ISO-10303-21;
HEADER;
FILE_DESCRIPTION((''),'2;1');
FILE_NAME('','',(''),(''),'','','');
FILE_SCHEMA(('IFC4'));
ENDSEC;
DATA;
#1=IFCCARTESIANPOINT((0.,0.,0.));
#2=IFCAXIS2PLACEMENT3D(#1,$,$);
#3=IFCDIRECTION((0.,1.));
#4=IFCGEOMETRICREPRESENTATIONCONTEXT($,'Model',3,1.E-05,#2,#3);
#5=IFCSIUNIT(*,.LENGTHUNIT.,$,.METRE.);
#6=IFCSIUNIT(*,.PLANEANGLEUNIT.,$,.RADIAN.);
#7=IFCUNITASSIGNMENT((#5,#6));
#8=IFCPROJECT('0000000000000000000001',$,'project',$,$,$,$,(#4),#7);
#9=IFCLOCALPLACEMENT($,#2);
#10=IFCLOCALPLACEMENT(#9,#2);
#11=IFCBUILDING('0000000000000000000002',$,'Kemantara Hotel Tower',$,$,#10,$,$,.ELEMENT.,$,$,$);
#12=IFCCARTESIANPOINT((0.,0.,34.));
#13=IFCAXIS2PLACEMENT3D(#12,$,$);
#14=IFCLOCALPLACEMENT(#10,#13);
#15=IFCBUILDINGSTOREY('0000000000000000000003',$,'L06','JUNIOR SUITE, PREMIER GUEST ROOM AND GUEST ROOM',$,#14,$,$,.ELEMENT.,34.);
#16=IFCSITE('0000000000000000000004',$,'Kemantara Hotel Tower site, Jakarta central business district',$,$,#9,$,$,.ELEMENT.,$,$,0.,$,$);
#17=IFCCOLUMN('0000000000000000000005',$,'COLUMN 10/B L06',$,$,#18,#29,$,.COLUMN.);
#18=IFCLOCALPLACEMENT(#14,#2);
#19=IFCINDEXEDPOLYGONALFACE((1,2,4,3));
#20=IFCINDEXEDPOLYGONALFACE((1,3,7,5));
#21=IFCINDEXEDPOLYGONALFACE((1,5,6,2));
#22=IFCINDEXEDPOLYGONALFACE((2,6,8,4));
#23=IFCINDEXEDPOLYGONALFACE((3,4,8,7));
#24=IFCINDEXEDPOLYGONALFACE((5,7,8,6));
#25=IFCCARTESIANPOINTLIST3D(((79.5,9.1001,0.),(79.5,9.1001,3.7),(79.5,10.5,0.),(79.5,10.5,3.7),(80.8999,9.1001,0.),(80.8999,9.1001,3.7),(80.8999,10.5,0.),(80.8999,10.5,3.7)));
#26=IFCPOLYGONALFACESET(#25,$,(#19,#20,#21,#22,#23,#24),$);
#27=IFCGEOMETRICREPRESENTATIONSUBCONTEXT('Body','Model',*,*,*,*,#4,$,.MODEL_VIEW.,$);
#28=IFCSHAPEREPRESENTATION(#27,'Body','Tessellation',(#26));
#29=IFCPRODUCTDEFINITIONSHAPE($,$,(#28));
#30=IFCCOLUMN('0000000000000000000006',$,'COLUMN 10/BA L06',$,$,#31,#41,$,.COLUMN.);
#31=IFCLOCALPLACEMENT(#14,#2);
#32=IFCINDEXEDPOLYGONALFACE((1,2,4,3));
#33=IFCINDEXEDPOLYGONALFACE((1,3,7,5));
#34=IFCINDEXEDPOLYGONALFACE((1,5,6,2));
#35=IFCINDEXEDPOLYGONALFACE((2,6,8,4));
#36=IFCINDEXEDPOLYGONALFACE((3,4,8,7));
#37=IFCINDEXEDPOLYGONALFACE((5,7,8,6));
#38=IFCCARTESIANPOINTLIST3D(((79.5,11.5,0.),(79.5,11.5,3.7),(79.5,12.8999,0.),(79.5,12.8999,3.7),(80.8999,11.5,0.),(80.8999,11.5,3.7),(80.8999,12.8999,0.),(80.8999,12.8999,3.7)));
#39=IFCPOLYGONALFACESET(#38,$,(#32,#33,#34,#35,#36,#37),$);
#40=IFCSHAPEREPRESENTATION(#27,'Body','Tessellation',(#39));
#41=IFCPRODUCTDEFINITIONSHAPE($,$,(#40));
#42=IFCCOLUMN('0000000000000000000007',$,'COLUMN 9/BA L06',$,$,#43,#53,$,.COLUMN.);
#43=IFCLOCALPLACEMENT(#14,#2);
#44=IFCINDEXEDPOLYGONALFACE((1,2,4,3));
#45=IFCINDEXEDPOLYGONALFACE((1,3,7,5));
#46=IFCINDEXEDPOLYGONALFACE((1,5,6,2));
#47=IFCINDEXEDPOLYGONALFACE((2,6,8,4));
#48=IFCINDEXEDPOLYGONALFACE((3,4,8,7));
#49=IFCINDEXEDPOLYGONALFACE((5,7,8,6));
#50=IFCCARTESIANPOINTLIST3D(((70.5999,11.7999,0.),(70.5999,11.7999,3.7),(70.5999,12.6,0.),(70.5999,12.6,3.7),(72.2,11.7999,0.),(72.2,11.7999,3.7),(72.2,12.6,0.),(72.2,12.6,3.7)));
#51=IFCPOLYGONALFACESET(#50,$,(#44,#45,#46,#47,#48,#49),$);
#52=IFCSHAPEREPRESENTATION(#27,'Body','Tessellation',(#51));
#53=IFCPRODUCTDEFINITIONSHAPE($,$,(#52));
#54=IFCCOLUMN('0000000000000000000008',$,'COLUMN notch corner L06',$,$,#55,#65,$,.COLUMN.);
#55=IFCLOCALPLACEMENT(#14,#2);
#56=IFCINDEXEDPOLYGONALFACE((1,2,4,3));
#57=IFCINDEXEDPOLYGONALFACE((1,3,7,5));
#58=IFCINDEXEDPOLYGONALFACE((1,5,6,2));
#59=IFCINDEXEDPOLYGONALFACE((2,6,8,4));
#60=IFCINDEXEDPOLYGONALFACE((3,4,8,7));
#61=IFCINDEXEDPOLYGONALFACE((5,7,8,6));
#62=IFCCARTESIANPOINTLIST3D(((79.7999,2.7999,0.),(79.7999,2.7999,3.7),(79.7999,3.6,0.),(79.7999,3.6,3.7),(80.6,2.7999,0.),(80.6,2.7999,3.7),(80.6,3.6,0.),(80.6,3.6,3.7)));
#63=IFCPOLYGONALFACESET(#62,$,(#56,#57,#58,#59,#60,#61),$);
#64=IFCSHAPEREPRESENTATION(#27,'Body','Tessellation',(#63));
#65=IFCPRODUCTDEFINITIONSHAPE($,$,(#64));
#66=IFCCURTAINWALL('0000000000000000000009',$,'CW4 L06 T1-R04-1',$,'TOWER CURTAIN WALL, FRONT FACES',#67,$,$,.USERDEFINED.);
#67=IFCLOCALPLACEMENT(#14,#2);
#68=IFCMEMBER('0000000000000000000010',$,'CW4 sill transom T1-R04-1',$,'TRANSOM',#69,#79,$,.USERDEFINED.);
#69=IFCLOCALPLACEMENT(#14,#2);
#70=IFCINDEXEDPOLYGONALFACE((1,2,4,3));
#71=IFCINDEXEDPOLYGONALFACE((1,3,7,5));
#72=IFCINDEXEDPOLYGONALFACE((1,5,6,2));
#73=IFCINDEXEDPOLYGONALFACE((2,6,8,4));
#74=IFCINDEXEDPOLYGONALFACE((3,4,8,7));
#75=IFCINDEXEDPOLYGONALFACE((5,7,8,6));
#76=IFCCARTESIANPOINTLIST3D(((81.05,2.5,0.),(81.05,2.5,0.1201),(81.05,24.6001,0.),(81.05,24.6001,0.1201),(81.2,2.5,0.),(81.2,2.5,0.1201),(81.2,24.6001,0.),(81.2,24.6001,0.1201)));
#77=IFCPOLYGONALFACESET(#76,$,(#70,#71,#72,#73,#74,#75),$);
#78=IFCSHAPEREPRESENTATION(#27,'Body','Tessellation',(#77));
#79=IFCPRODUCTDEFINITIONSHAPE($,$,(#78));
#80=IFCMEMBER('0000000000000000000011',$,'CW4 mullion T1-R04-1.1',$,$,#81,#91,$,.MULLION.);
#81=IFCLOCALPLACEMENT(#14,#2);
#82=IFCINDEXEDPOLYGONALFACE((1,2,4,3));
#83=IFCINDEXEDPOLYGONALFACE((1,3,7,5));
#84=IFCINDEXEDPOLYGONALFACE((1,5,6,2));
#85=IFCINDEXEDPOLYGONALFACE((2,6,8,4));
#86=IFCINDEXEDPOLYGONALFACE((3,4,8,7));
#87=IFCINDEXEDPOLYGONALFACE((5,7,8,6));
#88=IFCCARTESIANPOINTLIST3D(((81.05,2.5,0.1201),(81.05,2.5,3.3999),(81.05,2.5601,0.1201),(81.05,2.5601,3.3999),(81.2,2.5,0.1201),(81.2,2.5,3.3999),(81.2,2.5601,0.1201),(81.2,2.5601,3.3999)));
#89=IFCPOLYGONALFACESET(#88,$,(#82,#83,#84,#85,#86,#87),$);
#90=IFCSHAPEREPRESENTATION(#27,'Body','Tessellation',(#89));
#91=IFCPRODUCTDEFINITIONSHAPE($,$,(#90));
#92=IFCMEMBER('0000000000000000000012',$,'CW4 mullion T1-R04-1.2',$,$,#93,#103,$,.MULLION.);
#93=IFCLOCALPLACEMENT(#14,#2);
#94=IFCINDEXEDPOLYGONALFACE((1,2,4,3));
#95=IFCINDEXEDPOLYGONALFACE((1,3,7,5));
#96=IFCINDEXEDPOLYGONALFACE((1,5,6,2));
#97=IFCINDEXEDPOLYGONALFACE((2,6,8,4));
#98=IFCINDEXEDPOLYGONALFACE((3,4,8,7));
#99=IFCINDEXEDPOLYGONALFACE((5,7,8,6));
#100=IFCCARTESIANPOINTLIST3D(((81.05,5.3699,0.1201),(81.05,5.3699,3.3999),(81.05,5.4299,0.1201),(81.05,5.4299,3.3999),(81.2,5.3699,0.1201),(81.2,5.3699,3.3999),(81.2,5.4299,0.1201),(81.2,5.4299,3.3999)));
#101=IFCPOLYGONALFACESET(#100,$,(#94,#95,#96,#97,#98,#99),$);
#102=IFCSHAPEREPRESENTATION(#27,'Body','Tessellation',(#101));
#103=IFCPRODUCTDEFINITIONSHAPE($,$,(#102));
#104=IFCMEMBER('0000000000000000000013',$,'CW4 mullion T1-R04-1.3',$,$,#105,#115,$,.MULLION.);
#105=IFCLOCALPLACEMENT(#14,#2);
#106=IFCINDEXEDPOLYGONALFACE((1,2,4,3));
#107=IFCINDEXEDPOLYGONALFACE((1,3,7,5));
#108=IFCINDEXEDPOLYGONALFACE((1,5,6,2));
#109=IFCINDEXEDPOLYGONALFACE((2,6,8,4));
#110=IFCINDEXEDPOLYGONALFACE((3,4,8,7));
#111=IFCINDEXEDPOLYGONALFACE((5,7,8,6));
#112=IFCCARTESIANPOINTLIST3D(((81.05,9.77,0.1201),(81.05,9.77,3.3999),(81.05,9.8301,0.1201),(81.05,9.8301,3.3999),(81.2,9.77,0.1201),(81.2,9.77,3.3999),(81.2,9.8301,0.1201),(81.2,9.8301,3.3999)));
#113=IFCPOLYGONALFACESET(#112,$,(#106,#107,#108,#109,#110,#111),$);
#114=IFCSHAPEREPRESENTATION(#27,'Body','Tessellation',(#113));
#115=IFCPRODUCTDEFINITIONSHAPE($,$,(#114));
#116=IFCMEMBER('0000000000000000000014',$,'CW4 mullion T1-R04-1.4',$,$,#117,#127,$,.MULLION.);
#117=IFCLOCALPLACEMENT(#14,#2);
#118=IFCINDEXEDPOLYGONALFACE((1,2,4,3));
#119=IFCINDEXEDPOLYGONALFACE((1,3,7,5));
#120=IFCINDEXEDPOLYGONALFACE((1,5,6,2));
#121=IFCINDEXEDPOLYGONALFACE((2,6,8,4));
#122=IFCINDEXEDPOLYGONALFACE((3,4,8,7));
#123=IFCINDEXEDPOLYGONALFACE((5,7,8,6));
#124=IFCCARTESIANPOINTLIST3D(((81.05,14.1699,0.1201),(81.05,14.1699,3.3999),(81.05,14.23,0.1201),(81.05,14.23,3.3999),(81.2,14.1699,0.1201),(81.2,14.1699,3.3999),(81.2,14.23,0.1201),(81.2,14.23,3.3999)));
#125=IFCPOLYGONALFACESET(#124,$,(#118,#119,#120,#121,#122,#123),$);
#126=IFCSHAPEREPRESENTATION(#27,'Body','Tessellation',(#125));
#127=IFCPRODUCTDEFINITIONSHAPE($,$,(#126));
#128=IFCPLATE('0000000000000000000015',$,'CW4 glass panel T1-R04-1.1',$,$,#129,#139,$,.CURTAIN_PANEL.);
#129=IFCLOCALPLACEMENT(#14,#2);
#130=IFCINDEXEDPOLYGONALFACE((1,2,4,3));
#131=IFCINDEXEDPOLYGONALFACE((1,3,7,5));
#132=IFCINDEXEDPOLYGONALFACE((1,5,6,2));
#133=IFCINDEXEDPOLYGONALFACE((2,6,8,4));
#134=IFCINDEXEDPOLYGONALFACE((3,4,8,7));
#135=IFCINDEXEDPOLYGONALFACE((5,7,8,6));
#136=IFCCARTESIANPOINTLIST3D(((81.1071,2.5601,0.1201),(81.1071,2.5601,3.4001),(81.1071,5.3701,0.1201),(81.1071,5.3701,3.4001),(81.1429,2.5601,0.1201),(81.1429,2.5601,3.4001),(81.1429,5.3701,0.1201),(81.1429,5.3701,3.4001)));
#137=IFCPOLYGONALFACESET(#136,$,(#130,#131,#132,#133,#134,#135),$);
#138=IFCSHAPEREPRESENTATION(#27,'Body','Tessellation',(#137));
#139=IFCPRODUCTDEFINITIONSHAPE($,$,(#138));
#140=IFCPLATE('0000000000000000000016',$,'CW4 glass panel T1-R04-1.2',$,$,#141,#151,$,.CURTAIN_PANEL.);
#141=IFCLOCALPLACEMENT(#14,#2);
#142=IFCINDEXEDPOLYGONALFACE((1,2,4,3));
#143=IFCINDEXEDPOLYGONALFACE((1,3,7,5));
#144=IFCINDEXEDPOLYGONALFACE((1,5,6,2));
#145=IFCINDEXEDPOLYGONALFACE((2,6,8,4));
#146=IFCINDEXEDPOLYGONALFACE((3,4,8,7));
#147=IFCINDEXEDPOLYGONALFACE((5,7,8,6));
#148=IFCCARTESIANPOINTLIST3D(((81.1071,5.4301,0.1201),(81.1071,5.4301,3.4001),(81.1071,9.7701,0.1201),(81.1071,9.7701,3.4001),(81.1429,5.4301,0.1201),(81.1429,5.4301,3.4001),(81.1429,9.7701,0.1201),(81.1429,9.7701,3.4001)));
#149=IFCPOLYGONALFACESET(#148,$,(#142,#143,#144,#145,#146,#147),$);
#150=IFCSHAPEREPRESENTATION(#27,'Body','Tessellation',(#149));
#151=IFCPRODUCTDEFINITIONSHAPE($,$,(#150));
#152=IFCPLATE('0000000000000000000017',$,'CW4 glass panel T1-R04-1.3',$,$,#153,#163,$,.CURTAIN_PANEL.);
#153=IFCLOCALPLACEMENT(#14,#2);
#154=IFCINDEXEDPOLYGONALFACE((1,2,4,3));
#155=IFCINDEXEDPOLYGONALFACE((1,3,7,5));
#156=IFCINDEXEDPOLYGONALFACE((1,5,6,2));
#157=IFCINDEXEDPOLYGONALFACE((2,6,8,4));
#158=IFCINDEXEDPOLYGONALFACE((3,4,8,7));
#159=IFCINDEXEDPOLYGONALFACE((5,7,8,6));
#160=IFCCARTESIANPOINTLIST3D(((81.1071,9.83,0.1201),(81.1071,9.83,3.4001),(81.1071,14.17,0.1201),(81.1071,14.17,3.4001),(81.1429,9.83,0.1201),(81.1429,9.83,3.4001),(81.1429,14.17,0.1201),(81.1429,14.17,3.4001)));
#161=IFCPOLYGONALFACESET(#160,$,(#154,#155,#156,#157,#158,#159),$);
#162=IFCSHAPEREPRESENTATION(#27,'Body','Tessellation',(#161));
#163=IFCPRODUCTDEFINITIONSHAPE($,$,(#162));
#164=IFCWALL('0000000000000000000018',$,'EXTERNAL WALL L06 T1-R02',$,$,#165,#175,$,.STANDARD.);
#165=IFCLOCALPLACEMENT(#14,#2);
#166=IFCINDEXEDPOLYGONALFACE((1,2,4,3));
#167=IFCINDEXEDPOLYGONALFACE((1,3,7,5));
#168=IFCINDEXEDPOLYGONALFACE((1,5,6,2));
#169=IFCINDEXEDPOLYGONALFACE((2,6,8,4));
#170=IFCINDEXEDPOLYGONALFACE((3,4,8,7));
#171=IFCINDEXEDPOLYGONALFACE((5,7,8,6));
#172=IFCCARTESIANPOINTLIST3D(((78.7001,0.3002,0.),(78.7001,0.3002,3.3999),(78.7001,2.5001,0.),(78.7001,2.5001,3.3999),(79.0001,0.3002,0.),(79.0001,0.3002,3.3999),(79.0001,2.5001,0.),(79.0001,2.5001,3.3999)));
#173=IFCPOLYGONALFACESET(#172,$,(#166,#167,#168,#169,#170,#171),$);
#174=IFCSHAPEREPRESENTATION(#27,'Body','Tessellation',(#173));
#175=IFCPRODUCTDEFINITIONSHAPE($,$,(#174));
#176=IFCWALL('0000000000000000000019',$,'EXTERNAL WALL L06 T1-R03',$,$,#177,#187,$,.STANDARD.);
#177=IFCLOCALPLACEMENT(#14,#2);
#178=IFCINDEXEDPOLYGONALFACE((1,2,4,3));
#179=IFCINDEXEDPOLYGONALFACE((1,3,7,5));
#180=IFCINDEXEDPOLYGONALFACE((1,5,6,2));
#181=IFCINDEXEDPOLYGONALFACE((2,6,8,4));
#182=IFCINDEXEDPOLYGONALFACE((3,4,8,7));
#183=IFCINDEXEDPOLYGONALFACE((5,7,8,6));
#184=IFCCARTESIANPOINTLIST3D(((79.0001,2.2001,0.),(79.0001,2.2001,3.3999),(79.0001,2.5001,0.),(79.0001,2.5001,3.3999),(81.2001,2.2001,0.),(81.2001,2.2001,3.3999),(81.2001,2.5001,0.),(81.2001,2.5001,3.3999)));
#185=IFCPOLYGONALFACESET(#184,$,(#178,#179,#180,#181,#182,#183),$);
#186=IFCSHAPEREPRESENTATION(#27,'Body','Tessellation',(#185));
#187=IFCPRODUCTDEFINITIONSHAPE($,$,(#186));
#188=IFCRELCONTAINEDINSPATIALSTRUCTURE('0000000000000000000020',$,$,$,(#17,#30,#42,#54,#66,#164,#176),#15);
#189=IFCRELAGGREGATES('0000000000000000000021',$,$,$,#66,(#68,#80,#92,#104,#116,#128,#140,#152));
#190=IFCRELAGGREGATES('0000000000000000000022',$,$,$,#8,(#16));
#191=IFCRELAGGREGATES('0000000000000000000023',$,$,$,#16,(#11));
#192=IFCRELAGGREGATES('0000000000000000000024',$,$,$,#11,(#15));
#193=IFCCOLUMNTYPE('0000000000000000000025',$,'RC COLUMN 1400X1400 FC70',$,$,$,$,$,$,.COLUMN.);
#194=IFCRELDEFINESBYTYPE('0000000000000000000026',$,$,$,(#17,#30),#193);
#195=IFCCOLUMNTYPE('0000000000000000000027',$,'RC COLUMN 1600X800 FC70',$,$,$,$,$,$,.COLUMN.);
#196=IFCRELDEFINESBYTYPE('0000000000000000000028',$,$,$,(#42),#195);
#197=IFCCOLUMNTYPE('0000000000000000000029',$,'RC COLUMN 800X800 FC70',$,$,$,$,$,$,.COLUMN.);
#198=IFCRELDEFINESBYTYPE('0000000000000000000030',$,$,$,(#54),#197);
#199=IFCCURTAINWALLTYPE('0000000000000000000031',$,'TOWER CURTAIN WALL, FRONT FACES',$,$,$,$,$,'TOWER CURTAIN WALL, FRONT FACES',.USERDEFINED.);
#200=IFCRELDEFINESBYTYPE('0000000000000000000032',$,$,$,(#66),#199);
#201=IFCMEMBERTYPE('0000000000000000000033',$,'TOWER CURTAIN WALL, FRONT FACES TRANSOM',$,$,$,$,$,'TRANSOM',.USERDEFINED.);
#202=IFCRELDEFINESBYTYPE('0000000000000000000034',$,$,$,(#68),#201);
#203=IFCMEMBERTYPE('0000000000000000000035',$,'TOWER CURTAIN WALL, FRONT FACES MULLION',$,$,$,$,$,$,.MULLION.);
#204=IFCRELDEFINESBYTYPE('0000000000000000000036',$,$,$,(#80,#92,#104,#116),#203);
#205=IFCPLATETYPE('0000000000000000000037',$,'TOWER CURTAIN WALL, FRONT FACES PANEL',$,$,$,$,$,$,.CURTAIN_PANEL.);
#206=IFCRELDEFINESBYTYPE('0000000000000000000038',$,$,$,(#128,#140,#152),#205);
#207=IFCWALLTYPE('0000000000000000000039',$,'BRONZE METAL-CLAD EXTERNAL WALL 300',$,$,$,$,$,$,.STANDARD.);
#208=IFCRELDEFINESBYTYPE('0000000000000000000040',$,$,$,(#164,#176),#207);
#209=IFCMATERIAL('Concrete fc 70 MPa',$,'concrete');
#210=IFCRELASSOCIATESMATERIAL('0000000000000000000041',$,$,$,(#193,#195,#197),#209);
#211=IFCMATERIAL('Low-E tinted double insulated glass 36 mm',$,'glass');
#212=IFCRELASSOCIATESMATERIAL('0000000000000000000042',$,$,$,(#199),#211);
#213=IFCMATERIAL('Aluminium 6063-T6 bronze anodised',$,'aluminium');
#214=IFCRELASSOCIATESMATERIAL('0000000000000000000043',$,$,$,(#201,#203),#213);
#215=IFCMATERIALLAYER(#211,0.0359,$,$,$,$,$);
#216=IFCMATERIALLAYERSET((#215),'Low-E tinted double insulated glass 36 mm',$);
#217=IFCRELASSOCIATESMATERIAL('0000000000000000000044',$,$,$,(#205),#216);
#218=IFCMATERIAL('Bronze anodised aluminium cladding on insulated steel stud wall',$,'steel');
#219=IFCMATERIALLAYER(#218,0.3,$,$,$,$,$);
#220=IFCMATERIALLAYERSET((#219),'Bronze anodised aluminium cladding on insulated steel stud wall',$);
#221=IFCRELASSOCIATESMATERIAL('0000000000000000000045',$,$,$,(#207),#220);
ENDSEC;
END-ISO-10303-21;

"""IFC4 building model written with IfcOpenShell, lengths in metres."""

from ifc_helpers import new_model, si_unit, direction, frame, frame_2d, origin, origin_2d, place, context, subcontext, project, spatial, rectangle, extrude, source, transform, mapped, material, layer, layer_set, material_profile, profile_set, type_object, element, aggregate, save


model = new_model("IFC4")

# Units and contexts
model_context = context("Model", 3, precision=1e-05, world=origin(), true_north=direction((0.0, 1.0)))
body_context = subcontext(model_context, "Body", "Model", "MODEL_VIEW")
ifc_project = project(units=[si_unit("LENGTHUNIT", "METRE"), si_unit("PLANEANGLEUNIT", "RADIAN")], contexts=[model_context])

# Site, building, storey
site_placement = place(None, origin())
site = spatial("IfcSite", under=ifc_project, at=site_placement, Name="Kemantara Hotel Tower site, Jakarta central business district", CompositionType="ELEMENT", RefElevation=0.0)
building_placement = place(site_placement, origin())
building = spatial("IfcBuilding", under=site, at=building_placement, Name="Kemantara Hotel Tower", CompositionType="ELEMENT")
storey_placement = place(building_placement, frame((0.0, 0.0, 34.0)))
storey = spatial("IfcBuildingStorey", under=building, at=storey_placement, Name="L06", Description="JUNIOR SUITE, PREMIER GUEST ROOM AND GUEST ROOM", CompositionType="ELEMENT", Elevation=34.0)

# Columns
ifc_material_1 = material(Name="Concrete fc 70 MPa", Category="concrete")
ifc_material_profile_1 = material_profile(ifc_material_1, rectangle(XDim=1.3999, YDim=1.3999, at=origin_2d()), Name="RC 1400X1400")
ifc_profile_set_1 = profile_set([ifc_material_profile_1], Name="Concrete fc 70 MPa")
column_type_1 = type_object("IfcColumnType", Name="RC COLUMN 1400X1400 FC70", PredefinedType="COLUMN", material=ifc_profile_set_1)
for number, where, z_axis, x_axis, name in (
    (1, (80.2, 9.8, 0.0), (0.0, 0.0, 1.0), (1.0, 0.0, 0.0), "COLUMN 10/B L06"),
    (2, (80.2, 12.2, 0.0), (0.0, 0.0, 1.0), (1.0, 0.0, 0.0), "COLUMN 10/BA L06"),
):
    element("IfcColumn", number, at=place(storey_placement, frame(where, z_axis=z_axis, x_axis=x_axis)), inside=storey, type_object=column_type_1, Name=name, PredefinedType="COLUMN", context=body_context, shape_type="SweptSolid", body=[
        extrude(rectangle(XDim=1.3999, YDim=1.3999, at=origin_2d()), origin(), (0.0, 0.0, 1.0), 3.7),
    ])
ifc_material_profile_2 = material_profile(ifc_material_1, rectangle(XDim=1.6001, YDim=0.8, at=origin_2d()), Name="RC 1600X800")
ifc_profile_set_2 = profile_set([ifc_material_profile_2], Name="Concrete fc 70 MPa")
column_type_2 = type_object("IfcColumnType", Name="RC COLUMN 1600X800 FC70", PredefinedType="COLUMN", material=ifc_profile_set_2)
column_1_placement = place(storey_placement, frame((71.3999, 12.2, 0.0), z_axis=(0.0, 0.0, 1.0), x_axis=(1.0, 0.0, 0.0)))
element("IfcColumn", 3, at=column_1_placement, inside=storey, type_object=column_type_2, Name="COLUMN 9/BA L06", PredefinedType="COLUMN", context=body_context, shape_type="SweptSolid", body=[
    extrude(rectangle(XDim=1.6001, YDim=0.8, at=origin_2d()), origin(), (0.0, 0.0, 1.0), 3.7),
])
ifc_material_profile_3 = material_profile(ifc_material_1, rectangle(XDim=0.8, YDim=0.8, at=origin_2d()), Name="RC 800X800")
ifc_profile_set_3 = profile_set([ifc_material_profile_3], Name="Concrete fc 70 MPa")
column_type_3 = type_object("IfcColumnType", Name="RC COLUMN 800X800 FC70", PredefinedType="COLUMN", material=ifc_profile_set_3)
column_2_placement = place(storey_placement, frame((80.2, 3.2, 0.0), z_axis=(0.0, 0.0, 1.0), x_axis=(1.0, 0.0, 0.0)))
element("IfcColumn", 4, at=column_2_placement, inside=storey, type_object=column_type_3, Name="COLUMN notch corner L06", PredefinedType="COLUMN", context=body_context, shape_type="SweptSolid", body=[
    extrude(rectangle(XDim=0.8, YDim=0.8, at=origin_2d()), origin(), (0.0, 0.0, 1.0), 3.7),
])

# Curtain wall, members, plates
ifc_material_2 = material(Name="Low-E tinted double insulated glass 36 mm", Category="glass")
curtain_wall_type = type_object("IfcCurtainWallType", Name="TOWER CURTAIN WALL, FRONT FACES", ElementType="TOWER CURTAIN WALL, FRONT FACES", PredefinedType="USERDEFINED", material=ifc_material_2)
curtain_wall_placement = place(storey_placement, origin())
curtain_wall = element("IfcCurtainWall", 5, at=curtain_wall_placement, inside=storey, type_object=curtain_wall_type, Name="CW4 L06 T1-R04-1", ObjectType="TOWER CURTAIN WALL, FRONT FACES", PredefinedType="USERDEFINED")
ifc_material_3 = material(Name="Aluminium 6063-T6 bronze anodised", Category="aluminium")
ifc_material_profile_4 = material_profile(ifc_material_3, rectangle(XDim=0.1499, YDim=0.1201, at=origin_2d()), Name="TOWER CURTAIN WALL, FRONT FACES TRANSOM")
ifc_profile_set_4 = profile_set([ifc_material_profile_4], Name="Aluminium 6063-T6 bronze anodised")
member_type_1 = type_object("IfcMemberType", Name="TOWER CURTAIN WALL, FRONT FACES TRANSOM", ElementType="TRANSOM", PredefinedType="USERDEFINED", material=ifc_profile_set_4)
member_1_placement = place(storey_placement, frame((81.125, 2.5, 0.0601), z_axis=(0.0, 1.0, 0.0), x_axis=(-1.0, 0.0, 0.0)))
member_1 = element("IfcMember", 6, at=member_1_placement, type_object=member_type_1, Name="CW4 sill transom T1-R04-1", ObjectType="TRANSOM", PredefinedType="USERDEFINED", context=body_context, shape_type="SweptSolid", body=[
    extrude(rectangle(XDim=0.1499, YDim=0.1201, at=origin_2d()), origin(), (0.0, 0.0, 1.0), 22.1001),
])
ifc_material_profile_5 = material_profile(ifc_material_3, rectangle(XDim=0.1499, YDim=0.0601, at=origin_2d()), Name="TOWER CURTAIN WALL, FRONT FACES MULLION")
ifc_profile_set_5 = profile_set([ifc_material_profile_5], Name="Aluminium 6063-T6 bronze anodised")
member_type_2 = type_object("IfcMemberType", Name="TOWER CURTAIN WALL, FRONT FACES MULLION", PredefinedType="MULLION", material=ifc_profile_set_5)
shared_shape_1 = source(origin(), body_context, "Body", "SweptSolid", [
    extrude(rectangle(XDim=0.1499, YDim=0.0601, at=origin_2d()), origin(), (0.0, 0.0, 1.0), 3.2798),
])
member_2_placement = place(storey_placement, frame((81.125, 2.53, 0.1201), z_axis=(0.0, 0.0, 1.0), x_axis=(-1.0, 0.0, 0.0)))
member_2 = element("IfcMember", 7, at=member_2_placement, type_object=member_type_2, Name="CW4 mullion T1-R04-1.1", PredefinedType="MULLION", context=body_context, shape_type="MappedRepresentation", body=[
    mapped(shared_shape_1, transform((0.0, 0.0, 0.0))),
])
member_3_placement = place(storey_placement, frame((81.125, 5.3999, 0.1201), z_axis=(0.0, 0.0, 1.0), x_axis=(-1.0, 0.0, 0.0)))
member_3 = element("IfcMember", 8, at=member_3_placement, type_object=member_type_2, Name="CW4 mullion T1-R04-1.2", PredefinedType="MULLION", context=body_context, shape_type="MappedRepresentation", body=[
    mapped(shared_shape_1, transform((0.0, 0.0, 0.0))),
])
member_4_placement = place(storey_placement, frame((81.125, 9.8, 0.1201), z_axis=(0.0, 0.0, 1.0), x_axis=(-1.0, 0.0, 0.0)))
member_4 = element("IfcMember", 9, at=member_4_placement, type_object=member_type_2, Name="CW4 mullion T1-R04-1.3", PredefinedType="MULLION", context=body_context, shape_type="MappedRepresentation", body=[
    mapped(shared_shape_1, transform((0.0, 0.0, 0.0))),
])
member_5_placement = place(storey_placement, frame((81.125, 14.2, 0.1201), z_axis=(0.0, 0.0, 1.0), x_axis=(-1.0, 0.0, 0.0)))
member_5 = element("IfcMember", 10, at=member_5_placement, type_object=member_type_2, Name="CW4 mullion T1-R04-1.4", PredefinedType="MULLION", context=body_context, shape_type="MappedRepresentation", body=[
    mapped(shared_shape_1, transform((0.0, 0.0, 0.0))),
])
ifc_layer_1 = layer(ifc_material_2, 0.0359)
ifc_layer_set_1 = layer_set([ifc_layer_1], Name="Low-E tinted double insulated glass 36 mm")
plate_type = type_object("IfcPlateType", Name="TOWER CURTAIN WALL, FRONT FACES PANEL", PredefinedType="CURTAIN_PANEL", material=ifc_layer_set_1)
shared_shape_2 = source(origin(), body_context, "Body", "SweptSolid", [
    extrude(rectangle(XDim=2.8101, YDim=0.0359, at=origin_2d()), origin(), (0.0, 0.0, 1.0), 3.28),
])
plate_1_placement = place(storey_placement, frame((81.125, 3.9651, 0.1201), z_axis=(0.0, 0.0, 1.0), x_axis=(0.0, 1.0, 0.0)))
plate_1 = element("IfcPlate", 11, at=plate_1_placement, type_object=plate_type, Name="CW4 glass panel T1-R04-1.1", PredefinedType="CURTAIN_PANEL", context=body_context, shape_type="MappedRepresentation", body=[
    mapped(shared_shape_2, transform((0.0, 0.0, 0.0))),
])
shared_shape_3 = source(origin(), body_context, "Body", "SweptSolid", [
    extrude(rectangle(XDim=4.3401, YDim=0.0359, at=origin_2d()), origin(), (0.0, 0.0, 1.0), 3.28),
])
plate_2_placement = place(storey_placement, frame((81.125, 7.6001, 0.1201), z_axis=(0.0, 0.0, 1.0), x_axis=(0.0, 1.0, 0.0)))
plate_2 = element("IfcPlate", 12, at=plate_2_placement, type_object=plate_type, Name="CW4 glass panel T1-R04-1.2", PredefinedType="CURTAIN_PANEL", context=body_context, shape_type="MappedRepresentation", body=[
    mapped(shared_shape_3, transform((0.0, 0.0, 0.0))),
])
plate_3_placement = place(storey_placement, frame((81.125, 12.0, 0.1201), z_axis=(0.0, 0.0, 1.0), x_axis=(0.0, 1.0, 0.0)))
plate_3 = element("IfcPlate", 13, at=plate_3_placement, type_object=plate_type, Name="CW4 glass panel T1-R04-1.3", PredefinedType="CURTAIN_PANEL", context=body_context, shape_type="MappedRepresentation", body=[
    mapped(shared_shape_3, transform((0.0, 0.0, 0.0))),
])
aggregate(curtain_wall, [member_1, member_2, member_3, member_4, member_5, plate_1, plate_2, plate_3])

# Walls
ifc_material_4 = material(Name="Bronze anodised aluminium cladding on insulated steel stud wall", Category="steel")
ifc_layer_2 = layer(ifc_material_4, 0.3)
ifc_layer_set_2 = layer_set([ifc_layer_2], Name="Bronze anodised aluminium cladding on insulated steel stud wall")
wall_type_1 = type_object("IfcWallType", Name="BRONZE METAL-CLAD EXTERNAL WALL 300", PredefinedType="STANDARD", material=ifc_layer_set_2)
for number, where, z_axis, x_axis, name in (
    (14, (78.8501, 0.3, 0.0), (0.0, 0.0, 1.0), (0.0, 1.0, 0.0), "EXTERNAL WALL L06 T1-R02"),
    (15, (79.0, 2.3501, 0.0), (0.0, 0.0, 1.0), (1.0, 0.0, 0.0), "EXTERNAL WALL L06 T1-R03"),
):
    element("IfcWall", number, at=place(storey_placement, frame(where, z_axis=z_axis, x_axis=x_axis)), inside=storey, type_object=wall_type_1, Name=name, PredefinedType="STANDARD", context=body_context, shape_type="SweptSolid", body=[
        extrude(rectangle(XDim=2.2, YDim=0.3, at=frame_2d((1.1001, 0.0))), origin(), (0.0, 0.0, 1.0), 3.3999),
    ])

save(model, "model.ifc")
